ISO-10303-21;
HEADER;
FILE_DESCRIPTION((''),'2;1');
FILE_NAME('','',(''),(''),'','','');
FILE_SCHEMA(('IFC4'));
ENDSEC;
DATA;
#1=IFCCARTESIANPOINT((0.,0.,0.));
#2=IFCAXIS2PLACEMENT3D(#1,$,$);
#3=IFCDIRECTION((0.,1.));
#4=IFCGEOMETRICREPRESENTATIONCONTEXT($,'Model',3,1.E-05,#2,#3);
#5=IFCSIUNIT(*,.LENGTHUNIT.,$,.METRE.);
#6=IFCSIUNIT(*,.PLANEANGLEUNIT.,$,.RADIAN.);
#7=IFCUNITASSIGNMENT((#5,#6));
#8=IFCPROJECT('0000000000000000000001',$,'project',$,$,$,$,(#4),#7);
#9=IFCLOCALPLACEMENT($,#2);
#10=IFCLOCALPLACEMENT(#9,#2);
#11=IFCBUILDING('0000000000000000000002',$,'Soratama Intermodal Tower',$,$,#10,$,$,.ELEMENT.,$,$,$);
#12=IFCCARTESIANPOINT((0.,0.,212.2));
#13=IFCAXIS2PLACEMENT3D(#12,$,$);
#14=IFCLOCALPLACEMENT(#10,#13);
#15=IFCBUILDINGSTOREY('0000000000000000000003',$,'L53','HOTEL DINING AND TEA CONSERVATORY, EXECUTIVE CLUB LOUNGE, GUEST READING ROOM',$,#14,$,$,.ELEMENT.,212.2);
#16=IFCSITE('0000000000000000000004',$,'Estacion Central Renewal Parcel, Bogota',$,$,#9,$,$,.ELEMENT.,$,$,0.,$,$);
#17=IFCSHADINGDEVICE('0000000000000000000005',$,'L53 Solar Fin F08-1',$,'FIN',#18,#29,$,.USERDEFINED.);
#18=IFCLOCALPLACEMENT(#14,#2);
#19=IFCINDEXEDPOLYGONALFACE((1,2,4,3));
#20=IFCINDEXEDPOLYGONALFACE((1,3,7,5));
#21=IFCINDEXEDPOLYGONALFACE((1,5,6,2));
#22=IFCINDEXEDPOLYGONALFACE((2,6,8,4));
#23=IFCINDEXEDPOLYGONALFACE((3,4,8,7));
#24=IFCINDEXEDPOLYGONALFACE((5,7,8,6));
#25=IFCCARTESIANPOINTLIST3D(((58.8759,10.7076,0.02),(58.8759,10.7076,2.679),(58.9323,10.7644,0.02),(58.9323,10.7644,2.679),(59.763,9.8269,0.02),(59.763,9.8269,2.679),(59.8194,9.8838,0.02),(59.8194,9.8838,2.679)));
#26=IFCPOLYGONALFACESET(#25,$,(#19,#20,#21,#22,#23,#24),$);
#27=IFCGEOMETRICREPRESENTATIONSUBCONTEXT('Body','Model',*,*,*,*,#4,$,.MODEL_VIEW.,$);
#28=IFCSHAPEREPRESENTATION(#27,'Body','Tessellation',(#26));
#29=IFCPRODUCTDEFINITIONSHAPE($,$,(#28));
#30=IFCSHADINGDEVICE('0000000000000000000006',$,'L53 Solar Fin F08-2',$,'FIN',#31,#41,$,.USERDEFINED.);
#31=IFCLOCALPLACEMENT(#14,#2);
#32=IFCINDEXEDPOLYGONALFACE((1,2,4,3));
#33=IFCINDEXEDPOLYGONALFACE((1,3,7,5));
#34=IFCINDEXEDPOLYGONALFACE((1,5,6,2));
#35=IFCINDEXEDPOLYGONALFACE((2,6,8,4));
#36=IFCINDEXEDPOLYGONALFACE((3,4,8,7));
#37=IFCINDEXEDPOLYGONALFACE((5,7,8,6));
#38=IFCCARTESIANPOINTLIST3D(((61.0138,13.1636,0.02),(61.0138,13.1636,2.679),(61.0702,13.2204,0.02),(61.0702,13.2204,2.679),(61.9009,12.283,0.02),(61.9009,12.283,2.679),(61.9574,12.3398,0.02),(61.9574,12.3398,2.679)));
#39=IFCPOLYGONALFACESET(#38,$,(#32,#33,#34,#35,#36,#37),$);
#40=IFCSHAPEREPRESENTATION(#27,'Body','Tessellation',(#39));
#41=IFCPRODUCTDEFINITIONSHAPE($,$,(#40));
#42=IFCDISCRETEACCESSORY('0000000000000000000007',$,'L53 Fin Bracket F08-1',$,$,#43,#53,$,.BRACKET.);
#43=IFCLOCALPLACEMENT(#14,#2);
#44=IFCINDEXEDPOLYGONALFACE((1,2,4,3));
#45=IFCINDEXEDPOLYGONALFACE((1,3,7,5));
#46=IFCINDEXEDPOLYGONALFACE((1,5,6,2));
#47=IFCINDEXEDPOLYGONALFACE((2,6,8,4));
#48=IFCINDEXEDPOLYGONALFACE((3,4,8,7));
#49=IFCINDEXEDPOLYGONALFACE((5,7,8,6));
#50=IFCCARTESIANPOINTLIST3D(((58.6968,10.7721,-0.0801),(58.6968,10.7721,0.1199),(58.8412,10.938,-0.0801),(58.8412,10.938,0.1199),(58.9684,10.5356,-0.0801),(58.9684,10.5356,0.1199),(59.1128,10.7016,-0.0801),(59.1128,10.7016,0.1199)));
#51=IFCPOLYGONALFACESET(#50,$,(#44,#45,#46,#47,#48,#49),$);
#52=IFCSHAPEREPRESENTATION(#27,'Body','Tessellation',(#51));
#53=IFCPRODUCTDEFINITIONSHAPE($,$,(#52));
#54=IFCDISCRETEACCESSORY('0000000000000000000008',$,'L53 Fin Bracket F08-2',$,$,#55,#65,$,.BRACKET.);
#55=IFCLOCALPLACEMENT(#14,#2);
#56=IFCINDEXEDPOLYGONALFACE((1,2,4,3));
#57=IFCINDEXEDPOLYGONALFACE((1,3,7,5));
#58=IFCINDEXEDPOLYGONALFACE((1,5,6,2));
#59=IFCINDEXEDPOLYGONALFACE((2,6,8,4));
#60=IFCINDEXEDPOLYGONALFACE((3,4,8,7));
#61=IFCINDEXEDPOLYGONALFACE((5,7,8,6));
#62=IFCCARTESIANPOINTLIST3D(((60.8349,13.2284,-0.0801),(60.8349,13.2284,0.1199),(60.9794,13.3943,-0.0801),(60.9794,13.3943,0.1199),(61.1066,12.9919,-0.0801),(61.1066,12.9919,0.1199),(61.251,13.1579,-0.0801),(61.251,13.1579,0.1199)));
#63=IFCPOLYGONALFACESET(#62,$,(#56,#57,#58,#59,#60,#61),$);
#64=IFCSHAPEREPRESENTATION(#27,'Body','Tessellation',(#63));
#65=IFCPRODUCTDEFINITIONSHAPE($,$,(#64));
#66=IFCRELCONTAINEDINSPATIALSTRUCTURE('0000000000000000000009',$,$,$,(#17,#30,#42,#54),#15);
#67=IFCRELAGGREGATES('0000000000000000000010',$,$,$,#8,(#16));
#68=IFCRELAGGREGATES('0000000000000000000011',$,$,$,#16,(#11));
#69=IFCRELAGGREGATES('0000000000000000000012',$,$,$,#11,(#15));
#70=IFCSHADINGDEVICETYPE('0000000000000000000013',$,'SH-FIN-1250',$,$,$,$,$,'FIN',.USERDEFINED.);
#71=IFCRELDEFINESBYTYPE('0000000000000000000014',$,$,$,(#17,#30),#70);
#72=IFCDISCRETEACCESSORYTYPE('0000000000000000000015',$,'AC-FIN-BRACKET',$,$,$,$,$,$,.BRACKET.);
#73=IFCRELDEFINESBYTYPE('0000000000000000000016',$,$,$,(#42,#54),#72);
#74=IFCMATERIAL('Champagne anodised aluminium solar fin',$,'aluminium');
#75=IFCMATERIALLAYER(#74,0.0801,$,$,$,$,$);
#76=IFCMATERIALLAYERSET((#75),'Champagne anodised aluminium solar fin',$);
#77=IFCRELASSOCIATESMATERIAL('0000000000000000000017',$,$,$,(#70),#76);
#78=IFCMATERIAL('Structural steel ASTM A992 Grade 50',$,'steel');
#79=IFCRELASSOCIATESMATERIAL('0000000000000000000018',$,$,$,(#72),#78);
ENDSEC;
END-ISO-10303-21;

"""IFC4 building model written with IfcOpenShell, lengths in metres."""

from ifc_helpers import new_model, si_unit, direction, frame, origin, origin_2d, place, context, subcontext, project, spatial, rectangle, extrude, material, layer, layer_set, type_object, element, save


model = new_model("IFC4")

# Units and contexts
model_context = context("Model", 3, precision=1e-05, world=origin(), true_north=direction((0.0, 1.0)))
body_context = subcontext(model_context, "Body", "Model", "MODEL_VIEW")
ifc_project = project(units=[si_unit("LENGTHUNIT", "METRE"), si_unit("PLANEANGLEUNIT", "RADIAN")], contexts=[model_context])

# Site, building, storey
site_placement = place(None, origin())
site = spatial("IfcSite", under=ifc_project, at=site_placement, Name="Estacion Central Renewal Parcel, Bogota", CompositionType="ELEMENT", RefElevation=0.0)
building_placement = place(site_placement, origin())
building = spatial("IfcBuilding", under=site, at=building_placement, Name="Soratama Intermodal Tower", CompositionType="ELEMENT")
storey_placement = place(building_placement, frame((0.0, 0.0, 212.2)))
storey = spatial("IfcBuildingStorey", under=building, at=storey_placement, Name="L53", Description="HOTEL DINING AND TEA CONSERVATORY, EXECUTIVE CLUB LOUNGE, GUEST READING ROOM", CompositionType="ELEMENT", Elevation=212.2)

# Shading devices
ifc_material_1 = material(Name="Champagne anodised aluminium solar fin", Category="aluminium")
ifc_layer_1 = layer(ifc_material_1, 0.0801)
ifc_layer_set_1 = layer_set([ifc_layer_1], Name="Champagne anodised aluminium solar fin")
shading_device_type = type_object("IfcShadingDeviceType", Name="SH-FIN-1250", ElementType="FIN", PredefinedType="USERDEFINED", material=ifc_layer_set_1)
for number, where, z_axis, x_axis, name in (
    (1, (59.3477, 10.2957, 0.02), (0.0, 0.0, 1.0), (0.709694, -0.70451, 0.0), "L53 Solar Fin F08-1"),
    (2, (61.4856, 12.7517, 0.02), (0.0, 0.0, 1.0), (0.709694, -0.70451, 0.0), "L53 Solar Fin F08-2"),
):
    element("IfcShadingDevice", number, at=place(storey_placement, frame(where, z_axis=z_axis, x_axis=x_axis)), inside=storey, type_object=shading_device_type, Name=name, ObjectType="FIN", PredefinedType="USERDEFINED", context=body_context, shape_type="SweptSolid", body=[
        extrude(rectangle(XDim=1.25, YDim=0.0801, at=origin_2d()), origin(), (0.0, 0.0, 1.0), 2.6589),
    ])

# Discrete accessories
ifc_material_2 = material(Name="Structural steel ASTM A992 Grade 50", Category="steel")
discrete_accessory_type = type_object("IfcDiscreteAccessoryType", Name="AC-FIN-BRACKET", PredefinedType="BRACKET", material=ifc_material_2)
for number, where, z_axis, x_axis, name in (
    (3, (58.9048, 10.7368, -0.0801), (0.0, 0.0, 1.0), (0.754251, -0.656586, 0.0), "L53 Fin Bracket F08-1"),
    (4, (61.043, 13.1931, -0.0801), (0.0, 0.0, 1.0), (0.754251, -0.656586, 0.0), "L53 Fin Bracket F08-2"),
):
    element("IfcDiscreteAccessory", number, at=place(storey_placement, frame(where, z_axis=z_axis, x_axis=x_axis)), inside=storey, type_object=discrete_accessory_type, Name=name, PredefinedType="BRACKET", context=body_context, shape_type="SweptSolid", body=[
        extrude(rectangle(XDim=0.3601, YDim=0.22, at=origin_2d()), origin(), (0.0, 0.0, 1.0), 0.2),
    ])

save(model, "model.ifc")
